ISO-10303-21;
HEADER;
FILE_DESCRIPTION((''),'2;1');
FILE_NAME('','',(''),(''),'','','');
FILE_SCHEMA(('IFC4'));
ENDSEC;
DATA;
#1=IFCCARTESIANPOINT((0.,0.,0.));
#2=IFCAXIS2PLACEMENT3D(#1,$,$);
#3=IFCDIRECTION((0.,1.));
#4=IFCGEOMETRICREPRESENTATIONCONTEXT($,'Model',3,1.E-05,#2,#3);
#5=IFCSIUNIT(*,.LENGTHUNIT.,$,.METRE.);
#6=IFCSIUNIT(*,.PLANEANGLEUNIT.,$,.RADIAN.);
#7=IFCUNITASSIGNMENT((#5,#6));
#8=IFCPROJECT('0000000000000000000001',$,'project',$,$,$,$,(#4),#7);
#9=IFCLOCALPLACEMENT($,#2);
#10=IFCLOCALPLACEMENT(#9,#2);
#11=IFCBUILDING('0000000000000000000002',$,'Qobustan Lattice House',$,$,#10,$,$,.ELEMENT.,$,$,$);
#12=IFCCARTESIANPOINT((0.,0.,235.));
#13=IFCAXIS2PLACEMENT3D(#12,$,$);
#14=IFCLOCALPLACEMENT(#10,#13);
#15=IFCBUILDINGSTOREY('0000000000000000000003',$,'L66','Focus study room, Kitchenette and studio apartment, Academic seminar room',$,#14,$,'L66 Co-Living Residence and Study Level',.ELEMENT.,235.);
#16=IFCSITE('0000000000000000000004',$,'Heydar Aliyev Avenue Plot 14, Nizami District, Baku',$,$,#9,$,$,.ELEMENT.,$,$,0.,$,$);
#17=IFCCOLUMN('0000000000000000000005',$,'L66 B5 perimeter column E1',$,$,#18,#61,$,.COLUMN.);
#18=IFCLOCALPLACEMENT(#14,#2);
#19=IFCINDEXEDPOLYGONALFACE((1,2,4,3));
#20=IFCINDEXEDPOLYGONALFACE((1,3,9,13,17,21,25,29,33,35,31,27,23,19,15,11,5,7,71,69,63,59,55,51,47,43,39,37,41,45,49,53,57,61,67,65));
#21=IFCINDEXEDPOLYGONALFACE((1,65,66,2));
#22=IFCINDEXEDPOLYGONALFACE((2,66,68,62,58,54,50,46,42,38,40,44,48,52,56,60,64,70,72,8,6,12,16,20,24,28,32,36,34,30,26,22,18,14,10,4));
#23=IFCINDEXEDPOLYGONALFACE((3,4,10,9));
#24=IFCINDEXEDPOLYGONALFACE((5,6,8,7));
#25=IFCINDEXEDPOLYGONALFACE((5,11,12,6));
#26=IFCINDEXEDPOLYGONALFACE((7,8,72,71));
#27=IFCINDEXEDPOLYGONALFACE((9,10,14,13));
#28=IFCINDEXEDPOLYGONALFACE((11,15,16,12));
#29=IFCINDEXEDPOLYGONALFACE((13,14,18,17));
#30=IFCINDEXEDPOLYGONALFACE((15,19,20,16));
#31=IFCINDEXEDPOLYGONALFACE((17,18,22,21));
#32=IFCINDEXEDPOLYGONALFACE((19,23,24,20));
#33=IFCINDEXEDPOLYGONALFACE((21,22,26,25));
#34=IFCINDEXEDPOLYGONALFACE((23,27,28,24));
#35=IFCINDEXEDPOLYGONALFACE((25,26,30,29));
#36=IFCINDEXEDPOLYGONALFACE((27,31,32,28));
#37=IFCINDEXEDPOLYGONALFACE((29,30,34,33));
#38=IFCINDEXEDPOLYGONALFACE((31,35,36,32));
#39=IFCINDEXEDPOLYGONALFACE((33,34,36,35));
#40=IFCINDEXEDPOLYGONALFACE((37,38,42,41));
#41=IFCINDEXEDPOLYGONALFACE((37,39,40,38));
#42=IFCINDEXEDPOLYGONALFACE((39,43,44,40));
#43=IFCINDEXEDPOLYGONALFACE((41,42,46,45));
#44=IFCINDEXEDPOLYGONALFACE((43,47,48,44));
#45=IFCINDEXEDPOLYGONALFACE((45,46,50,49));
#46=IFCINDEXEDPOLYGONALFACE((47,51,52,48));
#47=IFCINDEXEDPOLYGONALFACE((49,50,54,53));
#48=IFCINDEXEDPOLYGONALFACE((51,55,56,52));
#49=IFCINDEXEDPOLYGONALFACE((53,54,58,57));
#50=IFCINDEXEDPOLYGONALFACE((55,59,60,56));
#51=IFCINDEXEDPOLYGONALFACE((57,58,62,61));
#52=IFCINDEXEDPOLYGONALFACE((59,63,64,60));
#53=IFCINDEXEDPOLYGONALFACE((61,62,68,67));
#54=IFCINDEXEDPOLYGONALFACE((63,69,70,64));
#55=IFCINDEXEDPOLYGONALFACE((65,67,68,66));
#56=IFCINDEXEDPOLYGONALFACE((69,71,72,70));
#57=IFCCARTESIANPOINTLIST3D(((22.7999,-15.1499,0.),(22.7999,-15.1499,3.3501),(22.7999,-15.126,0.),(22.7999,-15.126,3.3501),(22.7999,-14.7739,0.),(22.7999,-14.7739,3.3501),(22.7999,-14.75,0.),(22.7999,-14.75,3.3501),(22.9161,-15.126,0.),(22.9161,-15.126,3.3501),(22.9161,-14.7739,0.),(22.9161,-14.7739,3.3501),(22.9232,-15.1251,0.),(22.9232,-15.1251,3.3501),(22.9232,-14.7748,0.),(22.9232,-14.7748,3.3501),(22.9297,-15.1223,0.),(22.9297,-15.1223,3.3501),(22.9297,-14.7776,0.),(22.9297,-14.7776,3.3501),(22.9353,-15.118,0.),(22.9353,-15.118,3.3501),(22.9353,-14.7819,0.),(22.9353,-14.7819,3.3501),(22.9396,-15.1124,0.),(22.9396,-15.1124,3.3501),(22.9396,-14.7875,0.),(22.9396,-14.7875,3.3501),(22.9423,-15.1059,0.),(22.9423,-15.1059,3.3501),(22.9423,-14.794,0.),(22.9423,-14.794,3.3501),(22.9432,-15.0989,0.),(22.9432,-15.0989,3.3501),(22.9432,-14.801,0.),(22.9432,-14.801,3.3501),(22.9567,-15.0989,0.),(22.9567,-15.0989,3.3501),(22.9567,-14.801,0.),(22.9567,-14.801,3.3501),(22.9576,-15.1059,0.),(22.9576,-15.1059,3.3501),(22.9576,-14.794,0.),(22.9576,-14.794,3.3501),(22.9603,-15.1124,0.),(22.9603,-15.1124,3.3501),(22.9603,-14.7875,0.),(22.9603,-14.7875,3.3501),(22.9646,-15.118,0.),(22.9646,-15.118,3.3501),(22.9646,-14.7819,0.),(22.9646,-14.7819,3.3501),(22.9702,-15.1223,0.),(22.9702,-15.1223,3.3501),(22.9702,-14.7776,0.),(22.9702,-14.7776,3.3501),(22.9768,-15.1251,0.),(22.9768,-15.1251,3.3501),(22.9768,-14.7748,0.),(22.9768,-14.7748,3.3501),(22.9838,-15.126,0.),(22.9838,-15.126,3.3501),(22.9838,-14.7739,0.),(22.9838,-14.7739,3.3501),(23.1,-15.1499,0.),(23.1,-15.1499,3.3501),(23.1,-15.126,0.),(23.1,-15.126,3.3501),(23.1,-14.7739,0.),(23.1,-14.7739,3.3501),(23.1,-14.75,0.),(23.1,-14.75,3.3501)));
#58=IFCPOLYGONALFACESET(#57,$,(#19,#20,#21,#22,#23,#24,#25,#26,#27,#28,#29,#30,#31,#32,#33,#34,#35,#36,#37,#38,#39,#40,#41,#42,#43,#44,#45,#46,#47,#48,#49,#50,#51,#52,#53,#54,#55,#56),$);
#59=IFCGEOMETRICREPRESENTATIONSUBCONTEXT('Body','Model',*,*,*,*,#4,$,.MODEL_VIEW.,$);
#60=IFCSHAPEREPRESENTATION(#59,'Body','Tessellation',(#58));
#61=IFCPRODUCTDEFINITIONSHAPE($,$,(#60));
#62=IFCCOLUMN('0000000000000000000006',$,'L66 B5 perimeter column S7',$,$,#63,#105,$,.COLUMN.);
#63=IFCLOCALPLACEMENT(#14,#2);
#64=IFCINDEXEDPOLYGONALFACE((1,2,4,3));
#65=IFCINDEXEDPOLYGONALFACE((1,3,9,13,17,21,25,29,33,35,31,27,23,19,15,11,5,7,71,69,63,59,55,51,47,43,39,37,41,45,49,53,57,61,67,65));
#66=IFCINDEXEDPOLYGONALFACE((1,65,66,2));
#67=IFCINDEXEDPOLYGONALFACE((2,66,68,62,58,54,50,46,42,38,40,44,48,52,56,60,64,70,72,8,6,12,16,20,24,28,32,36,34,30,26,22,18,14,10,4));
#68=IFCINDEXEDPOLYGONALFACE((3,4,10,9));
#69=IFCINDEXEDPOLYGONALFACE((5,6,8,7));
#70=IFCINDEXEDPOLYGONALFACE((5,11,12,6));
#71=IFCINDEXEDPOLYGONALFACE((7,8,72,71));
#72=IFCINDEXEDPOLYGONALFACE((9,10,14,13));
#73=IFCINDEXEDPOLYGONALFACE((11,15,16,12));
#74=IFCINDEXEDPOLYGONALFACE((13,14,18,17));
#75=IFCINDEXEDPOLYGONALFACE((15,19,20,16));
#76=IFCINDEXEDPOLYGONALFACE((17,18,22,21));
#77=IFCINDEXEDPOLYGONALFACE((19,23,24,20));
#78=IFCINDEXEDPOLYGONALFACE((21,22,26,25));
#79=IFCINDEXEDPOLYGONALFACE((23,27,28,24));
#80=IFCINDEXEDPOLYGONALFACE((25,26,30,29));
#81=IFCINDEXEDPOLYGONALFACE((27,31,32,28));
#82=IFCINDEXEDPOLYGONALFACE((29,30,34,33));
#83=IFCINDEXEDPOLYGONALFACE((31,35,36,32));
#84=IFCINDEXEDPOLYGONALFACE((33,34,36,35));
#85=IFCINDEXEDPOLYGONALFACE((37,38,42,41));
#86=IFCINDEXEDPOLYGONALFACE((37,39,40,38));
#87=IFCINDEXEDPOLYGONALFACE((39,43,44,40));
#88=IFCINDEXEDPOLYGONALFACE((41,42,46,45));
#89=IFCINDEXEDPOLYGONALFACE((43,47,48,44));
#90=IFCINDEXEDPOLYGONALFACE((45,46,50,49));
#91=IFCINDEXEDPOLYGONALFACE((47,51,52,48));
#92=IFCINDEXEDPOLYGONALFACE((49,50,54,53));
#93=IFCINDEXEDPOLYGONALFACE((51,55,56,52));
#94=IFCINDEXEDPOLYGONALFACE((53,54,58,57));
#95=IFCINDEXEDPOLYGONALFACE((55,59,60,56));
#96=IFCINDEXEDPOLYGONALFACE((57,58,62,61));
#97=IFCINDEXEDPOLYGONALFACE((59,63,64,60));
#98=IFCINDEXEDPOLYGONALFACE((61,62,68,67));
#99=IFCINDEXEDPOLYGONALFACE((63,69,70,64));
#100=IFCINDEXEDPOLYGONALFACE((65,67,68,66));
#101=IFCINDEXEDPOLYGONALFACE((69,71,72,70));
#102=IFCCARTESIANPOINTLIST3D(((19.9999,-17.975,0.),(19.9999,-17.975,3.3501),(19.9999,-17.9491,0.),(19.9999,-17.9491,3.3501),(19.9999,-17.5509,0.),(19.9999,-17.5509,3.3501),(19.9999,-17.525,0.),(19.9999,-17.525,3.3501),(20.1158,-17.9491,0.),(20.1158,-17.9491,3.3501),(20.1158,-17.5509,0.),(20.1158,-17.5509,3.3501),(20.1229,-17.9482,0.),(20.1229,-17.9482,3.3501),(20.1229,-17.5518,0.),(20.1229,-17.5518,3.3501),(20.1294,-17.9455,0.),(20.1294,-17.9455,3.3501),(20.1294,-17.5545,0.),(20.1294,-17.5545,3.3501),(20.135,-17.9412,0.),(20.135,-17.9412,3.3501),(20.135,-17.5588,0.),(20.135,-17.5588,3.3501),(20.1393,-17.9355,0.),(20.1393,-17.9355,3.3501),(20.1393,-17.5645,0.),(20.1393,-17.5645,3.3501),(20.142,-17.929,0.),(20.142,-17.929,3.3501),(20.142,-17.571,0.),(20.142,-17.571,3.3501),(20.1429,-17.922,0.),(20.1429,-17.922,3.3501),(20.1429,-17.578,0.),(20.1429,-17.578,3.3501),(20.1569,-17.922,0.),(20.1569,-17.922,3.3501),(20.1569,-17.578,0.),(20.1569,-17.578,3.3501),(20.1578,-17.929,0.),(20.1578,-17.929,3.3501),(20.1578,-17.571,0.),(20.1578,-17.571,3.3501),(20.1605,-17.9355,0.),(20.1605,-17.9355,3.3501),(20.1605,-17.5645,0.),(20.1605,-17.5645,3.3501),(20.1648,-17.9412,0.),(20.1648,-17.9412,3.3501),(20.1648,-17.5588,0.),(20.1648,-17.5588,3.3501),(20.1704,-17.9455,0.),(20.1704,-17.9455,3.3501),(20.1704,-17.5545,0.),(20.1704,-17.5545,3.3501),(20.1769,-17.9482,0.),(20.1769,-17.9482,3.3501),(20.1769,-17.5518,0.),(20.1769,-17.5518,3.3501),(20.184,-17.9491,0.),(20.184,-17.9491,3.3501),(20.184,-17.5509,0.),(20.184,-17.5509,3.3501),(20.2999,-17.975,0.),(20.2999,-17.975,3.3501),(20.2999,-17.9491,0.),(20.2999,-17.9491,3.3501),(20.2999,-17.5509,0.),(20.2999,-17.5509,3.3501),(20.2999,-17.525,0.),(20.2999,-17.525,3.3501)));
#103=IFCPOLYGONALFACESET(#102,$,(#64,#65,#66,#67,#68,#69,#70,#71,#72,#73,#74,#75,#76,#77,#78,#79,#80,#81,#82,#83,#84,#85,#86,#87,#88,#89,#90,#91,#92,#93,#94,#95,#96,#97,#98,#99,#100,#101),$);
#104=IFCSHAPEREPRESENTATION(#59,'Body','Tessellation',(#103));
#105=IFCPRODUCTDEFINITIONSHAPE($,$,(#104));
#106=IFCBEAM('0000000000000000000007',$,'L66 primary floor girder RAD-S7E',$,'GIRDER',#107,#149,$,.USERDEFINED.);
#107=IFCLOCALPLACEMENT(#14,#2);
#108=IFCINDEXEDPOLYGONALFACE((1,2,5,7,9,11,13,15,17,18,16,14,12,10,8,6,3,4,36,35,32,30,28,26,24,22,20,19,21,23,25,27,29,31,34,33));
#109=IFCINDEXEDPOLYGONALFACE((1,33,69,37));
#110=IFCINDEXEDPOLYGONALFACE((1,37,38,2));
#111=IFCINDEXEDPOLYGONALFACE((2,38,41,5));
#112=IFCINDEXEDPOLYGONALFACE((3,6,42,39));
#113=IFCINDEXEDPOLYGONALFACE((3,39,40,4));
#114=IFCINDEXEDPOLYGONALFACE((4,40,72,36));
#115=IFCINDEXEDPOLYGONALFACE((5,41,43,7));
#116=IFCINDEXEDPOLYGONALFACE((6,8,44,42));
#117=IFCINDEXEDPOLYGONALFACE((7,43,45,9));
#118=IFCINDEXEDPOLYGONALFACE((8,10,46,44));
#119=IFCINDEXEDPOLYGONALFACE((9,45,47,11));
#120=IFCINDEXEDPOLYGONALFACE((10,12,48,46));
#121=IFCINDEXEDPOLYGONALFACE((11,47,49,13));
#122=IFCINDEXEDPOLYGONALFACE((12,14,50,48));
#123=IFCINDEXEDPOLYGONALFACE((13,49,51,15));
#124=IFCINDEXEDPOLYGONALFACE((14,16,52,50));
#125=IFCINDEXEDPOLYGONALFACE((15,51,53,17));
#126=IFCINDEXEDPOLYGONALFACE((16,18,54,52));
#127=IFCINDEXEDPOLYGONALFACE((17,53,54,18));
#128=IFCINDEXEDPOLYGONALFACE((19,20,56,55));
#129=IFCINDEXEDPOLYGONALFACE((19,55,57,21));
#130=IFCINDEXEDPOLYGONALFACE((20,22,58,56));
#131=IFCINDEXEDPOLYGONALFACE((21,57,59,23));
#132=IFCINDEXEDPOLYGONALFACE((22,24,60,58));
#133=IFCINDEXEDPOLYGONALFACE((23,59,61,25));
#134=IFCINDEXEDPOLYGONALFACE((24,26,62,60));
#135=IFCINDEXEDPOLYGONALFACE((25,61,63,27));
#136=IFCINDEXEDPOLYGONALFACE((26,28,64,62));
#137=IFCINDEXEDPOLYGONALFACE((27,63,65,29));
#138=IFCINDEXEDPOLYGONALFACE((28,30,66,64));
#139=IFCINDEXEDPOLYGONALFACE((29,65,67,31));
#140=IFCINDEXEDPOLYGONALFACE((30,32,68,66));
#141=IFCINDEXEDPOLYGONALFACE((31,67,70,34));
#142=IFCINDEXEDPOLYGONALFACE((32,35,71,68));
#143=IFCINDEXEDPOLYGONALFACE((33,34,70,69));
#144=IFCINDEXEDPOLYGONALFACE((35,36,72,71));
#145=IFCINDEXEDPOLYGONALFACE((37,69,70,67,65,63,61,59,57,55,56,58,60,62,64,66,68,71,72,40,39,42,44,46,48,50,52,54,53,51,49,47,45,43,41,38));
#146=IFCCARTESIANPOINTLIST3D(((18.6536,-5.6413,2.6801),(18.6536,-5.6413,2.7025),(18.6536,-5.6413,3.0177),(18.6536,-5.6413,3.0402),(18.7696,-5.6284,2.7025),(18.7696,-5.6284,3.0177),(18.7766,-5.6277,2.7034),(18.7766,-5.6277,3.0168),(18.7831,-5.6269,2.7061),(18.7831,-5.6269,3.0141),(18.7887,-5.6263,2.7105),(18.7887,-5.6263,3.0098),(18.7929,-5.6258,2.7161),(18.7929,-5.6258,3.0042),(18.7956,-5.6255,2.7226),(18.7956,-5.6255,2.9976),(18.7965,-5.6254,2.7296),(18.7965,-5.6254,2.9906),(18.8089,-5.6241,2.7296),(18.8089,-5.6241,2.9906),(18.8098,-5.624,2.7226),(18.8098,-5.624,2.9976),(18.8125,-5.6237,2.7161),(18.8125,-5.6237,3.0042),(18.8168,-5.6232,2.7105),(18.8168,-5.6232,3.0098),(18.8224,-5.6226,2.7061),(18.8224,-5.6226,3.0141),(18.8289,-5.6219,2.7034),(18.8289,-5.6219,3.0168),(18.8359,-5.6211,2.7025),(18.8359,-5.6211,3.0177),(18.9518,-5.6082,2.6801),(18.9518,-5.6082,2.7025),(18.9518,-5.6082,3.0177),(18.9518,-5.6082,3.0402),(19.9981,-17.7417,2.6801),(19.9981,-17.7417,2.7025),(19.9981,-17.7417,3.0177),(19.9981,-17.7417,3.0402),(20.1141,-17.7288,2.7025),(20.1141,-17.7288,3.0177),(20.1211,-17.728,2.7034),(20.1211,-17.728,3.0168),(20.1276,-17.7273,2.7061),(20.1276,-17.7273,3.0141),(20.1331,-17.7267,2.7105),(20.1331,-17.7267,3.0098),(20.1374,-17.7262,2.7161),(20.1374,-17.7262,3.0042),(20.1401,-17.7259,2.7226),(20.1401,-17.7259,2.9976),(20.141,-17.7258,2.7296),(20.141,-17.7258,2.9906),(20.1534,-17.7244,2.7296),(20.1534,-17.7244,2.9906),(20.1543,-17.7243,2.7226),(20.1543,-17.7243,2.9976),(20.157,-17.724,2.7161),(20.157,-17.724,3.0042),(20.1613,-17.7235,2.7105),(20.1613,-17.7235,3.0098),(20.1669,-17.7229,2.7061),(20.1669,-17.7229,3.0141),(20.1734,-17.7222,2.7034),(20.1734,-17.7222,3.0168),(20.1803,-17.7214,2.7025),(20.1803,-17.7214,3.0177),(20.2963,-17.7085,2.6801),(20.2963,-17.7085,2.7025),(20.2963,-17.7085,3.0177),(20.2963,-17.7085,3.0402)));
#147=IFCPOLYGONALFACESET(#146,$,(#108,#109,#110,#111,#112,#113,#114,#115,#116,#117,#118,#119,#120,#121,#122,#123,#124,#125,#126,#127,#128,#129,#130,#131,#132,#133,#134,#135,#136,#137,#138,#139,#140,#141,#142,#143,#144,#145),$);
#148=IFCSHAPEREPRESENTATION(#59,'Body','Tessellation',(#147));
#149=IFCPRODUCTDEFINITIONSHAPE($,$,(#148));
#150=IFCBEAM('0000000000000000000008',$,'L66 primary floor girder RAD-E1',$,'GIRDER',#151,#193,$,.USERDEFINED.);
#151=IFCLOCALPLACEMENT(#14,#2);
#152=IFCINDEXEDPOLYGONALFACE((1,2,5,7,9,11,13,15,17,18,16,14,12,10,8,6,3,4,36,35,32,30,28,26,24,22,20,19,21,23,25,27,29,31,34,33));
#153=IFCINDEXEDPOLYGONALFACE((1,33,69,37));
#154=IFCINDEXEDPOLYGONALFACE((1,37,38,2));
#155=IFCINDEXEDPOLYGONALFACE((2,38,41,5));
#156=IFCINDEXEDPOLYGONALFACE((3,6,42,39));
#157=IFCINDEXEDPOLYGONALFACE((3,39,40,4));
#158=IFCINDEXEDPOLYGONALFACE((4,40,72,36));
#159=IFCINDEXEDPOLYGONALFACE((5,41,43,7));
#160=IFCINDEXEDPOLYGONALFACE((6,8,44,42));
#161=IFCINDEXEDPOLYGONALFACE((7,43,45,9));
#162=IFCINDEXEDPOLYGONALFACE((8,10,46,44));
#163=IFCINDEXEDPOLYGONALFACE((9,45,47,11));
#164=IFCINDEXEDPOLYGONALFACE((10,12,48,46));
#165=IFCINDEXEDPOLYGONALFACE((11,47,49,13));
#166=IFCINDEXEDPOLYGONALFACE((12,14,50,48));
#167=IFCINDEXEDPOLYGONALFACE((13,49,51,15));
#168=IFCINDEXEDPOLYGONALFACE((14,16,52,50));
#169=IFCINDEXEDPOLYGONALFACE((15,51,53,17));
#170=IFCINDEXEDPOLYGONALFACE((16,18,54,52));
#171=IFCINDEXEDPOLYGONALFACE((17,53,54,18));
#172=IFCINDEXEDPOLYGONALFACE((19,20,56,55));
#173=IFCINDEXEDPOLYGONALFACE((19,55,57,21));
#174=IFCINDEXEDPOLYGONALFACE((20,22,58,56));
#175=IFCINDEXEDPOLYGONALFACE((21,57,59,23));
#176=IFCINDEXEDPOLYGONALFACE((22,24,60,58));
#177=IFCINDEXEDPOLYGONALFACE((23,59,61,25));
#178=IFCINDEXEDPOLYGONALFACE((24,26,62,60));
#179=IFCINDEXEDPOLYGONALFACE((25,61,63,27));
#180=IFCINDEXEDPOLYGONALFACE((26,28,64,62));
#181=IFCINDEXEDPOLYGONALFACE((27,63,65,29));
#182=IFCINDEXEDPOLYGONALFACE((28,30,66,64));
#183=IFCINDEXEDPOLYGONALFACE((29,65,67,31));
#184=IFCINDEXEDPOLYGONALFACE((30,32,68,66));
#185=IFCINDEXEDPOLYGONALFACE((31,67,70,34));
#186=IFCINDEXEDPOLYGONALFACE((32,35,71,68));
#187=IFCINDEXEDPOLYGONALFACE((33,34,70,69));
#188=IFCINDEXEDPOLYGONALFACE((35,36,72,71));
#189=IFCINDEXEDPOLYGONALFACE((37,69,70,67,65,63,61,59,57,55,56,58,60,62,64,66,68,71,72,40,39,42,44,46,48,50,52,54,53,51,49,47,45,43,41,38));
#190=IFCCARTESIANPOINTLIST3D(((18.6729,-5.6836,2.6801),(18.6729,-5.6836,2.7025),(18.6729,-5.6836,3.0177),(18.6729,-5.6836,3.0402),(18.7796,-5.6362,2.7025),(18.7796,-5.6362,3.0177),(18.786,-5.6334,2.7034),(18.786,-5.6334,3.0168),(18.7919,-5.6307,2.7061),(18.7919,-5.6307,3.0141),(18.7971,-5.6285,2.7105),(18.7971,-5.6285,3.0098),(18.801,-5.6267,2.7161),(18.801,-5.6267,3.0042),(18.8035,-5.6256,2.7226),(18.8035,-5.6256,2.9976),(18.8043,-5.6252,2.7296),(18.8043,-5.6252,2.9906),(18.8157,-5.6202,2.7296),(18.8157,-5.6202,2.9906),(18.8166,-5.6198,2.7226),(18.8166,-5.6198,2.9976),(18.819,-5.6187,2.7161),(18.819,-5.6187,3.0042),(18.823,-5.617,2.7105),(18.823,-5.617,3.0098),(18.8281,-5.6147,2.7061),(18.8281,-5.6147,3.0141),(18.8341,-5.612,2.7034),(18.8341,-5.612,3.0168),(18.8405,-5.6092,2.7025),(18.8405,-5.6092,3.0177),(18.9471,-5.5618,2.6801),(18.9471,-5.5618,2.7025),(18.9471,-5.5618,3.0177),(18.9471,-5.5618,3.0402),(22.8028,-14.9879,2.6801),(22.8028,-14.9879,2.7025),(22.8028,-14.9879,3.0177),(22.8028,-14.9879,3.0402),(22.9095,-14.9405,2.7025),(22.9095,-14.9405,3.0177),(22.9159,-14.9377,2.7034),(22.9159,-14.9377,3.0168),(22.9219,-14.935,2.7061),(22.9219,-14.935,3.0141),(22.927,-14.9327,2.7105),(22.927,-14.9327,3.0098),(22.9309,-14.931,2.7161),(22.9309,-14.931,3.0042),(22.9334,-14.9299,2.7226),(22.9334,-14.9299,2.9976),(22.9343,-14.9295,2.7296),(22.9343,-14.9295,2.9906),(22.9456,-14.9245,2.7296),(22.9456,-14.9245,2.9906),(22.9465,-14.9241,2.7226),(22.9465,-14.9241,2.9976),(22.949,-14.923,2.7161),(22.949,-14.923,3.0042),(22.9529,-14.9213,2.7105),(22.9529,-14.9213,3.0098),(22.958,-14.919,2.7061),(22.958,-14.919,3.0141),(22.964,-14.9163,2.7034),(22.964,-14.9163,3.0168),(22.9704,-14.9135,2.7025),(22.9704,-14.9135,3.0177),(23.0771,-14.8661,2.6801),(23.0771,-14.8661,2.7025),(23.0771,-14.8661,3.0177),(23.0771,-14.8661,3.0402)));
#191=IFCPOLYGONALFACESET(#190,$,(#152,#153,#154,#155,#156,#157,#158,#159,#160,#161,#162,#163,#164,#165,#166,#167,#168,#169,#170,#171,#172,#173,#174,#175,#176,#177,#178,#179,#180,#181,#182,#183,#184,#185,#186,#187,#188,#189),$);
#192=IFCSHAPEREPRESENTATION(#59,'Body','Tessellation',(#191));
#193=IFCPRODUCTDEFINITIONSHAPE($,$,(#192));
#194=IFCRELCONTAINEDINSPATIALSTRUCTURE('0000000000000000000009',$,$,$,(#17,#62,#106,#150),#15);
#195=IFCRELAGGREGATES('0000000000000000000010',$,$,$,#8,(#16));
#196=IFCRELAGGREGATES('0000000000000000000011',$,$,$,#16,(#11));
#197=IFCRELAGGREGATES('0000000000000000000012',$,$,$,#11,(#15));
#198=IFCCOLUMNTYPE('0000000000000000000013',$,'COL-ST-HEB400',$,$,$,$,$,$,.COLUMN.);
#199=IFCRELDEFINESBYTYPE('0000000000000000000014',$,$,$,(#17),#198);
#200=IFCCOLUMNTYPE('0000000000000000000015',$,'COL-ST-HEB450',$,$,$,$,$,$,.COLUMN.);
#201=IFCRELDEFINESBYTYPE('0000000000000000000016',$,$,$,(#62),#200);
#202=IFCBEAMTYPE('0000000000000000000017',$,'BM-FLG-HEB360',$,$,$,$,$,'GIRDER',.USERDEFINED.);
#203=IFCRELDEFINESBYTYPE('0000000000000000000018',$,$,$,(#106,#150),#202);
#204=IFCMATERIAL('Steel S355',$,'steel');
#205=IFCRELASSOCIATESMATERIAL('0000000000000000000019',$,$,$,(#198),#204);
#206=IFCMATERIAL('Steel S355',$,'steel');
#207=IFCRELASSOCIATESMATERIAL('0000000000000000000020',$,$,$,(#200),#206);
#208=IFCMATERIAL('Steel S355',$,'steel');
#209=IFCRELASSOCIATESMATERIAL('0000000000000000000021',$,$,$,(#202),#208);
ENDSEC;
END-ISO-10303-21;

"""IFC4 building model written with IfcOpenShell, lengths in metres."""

from ifc_helpers import new_model, si_unit, direction, frame, origin, origin_2d, place, context, subcontext, project, spatial, i_section, extrude, material, material_profile, profile_set, type_object, element, save


model = new_model("IFC4")

# Units and contexts
model_context = context("Model", 3, precision=1e-05, world=origin(), true_north=direction((0.0, 1.0)))
body_context = subcontext(model_context, "Body", "Model", "MODEL_VIEW")
ifc_project = project(units=[si_unit("LENGTHUNIT", "METRE"), si_unit("PLANEANGLEUNIT", "RADIAN")], contexts=[model_context])

# Site, building, storey
site_placement = place(None, origin())
site = spatial("IfcSite", under=ifc_project, at=site_placement, Name="Heydar Aliyev Avenue Plot 14, Nizami District, Baku", CompositionType="ELEMENT", RefElevation=0.0)
building_placement = place(site_placement, origin())
building = spatial("IfcBuilding", under=site, at=building_placement, Name="Qobustan Lattice House", CompositionType="ELEMENT")
storey_placement = place(building_placement, frame((0.0, 0.0, 235.0)))
storey = spatial("IfcBuildingStorey", under=building, at=storey_placement, Name="L66", Description="Focus study room, Kitchenette and studio apartment, Academic seminar room", LongName="L66 Co-Living Residence and Study Level", CompositionType="ELEMENT", Elevation=235.0)

# Columns
ifc_material_1 = material(Name="Steel S355", Category="steel")
ifc_material_profile_1 = material_profile(ifc_material_1, i_section(OverallWidth=0.3, OverallDepth=0.3999, WebThickness=0.0134, FlangeThickness=0.0239, FilletRadius=0.0271, at=origin_2d()), Name="HEB400")
ifc_profile_set_1 = profile_set([ifc_material_profile_1], Name="Steel S355")
column_type_1 = type_object("IfcColumnType", Name="COL-ST-HEB400", PredefinedType="COLUMN", material=ifc_profile_set_1)
column_1_placement = place(storey_placement, frame((22.95, -14.95, 0.0), z_axis=(0.0, 0.0, 1.0), x_axis=(1.0, 0.0, 0.0)))
element("IfcColumn", 1, at=column_1_placement, inside=storey, type_object=column_type_1, Name="L66 B5 perimeter column E1", PredefinedType="COLUMN", context=body_context, shape_type="SweptSolid", body=[
    extrude(i_section(OverallWidth=0.3, OverallDepth=0.3999, WebThickness=0.0134, FlangeThickness=0.0239, FilletRadius=0.0271, at=origin_2d()), origin(), (0.0, 0.0, 1.0), 3.3501),
])
ifc_material_2 = material(Name="Steel S355", Category="steel")
ifc_material_profile_2 = material_profile(ifc_material_2, i_section(OverallWidth=0.3, OverallDepth=0.45, WebThickness=0.0139, FlangeThickness=0.0259, FilletRadius=0.0271, at=origin_2d()), Name="HEB450")
ifc_profile_set_2 = profile_set([ifc_material_profile_2], Name="Steel S355")
column_type_2 = type_object("IfcColumnType", Name="COL-ST-HEB450", PredefinedType="COLUMN", material=ifc_profile_set_2)
column_2_placement = place(storey_placement, frame((20.1499, -17.75, 0.0), z_axis=(0.0, 0.0, 1.0), x_axis=(1.0, 0.0, 0.0)))
element("IfcColumn", 2, at=column_2_placement, inside=storey, type_object=column_type_2, Name="L66 B5 perimeter column S7", PredefinedType="COLUMN", context=body_context, shape_type="SweptSolid", body=[
    extrude(i_section(OverallWidth=0.3, OverallDepth=0.45, WebThickness=0.0139, FlangeThickness=0.0259, FilletRadius=0.0271, at=origin_2d()), origin(), (0.0, 0.0, 1.0), 3.3501),
])

# Beams
ifc_material_3 = material(Name="Steel S355", Category="steel")
ifc_material_profile_3 = material_profile(ifc_material_3, i_section(OverallWidth=0.3, OverallDepth=0.3601, WebThickness=0.0125, FlangeThickness=0.0225, FilletRadius=0.0271, at=origin_2d()), Name="HEB360")
ifc_profile_set_3 = profile_set([ifc_material_profile_3], Name="Steel S355")
beam_type_1 = type_object("IfcBeamType", Name="BM-FLG-HEB360", ElementType="GIRDER", PredefinedType="USERDEFINED", material=ifc_profile_set_3)
beam_1_placement = place(storey_placement, frame((20.1472, -17.7251, 2.8601), z_axis=(-0.110432, 0.993884, 0.0), x_axis=(-0.993884, -0.110432, 0.0)))
element("IfcBeam", 3, at=beam_1_placement, inside=storey, type_object=beam_type_1, Name="L66 primary floor girder RAD-S7E", ObjectType="GIRDER", PredefinedType="USERDEFINED", context=body_context, shape_type="SweptSolid", body=[
    extrude(i_section(OverallWidth=0.3, OverallDepth=0.3601, WebThickness=0.0125, FlangeThickness=0.0225, FilletRadius=0.0271, at=origin_2d()), origin(), (0.0, 0.0, 1.0), 12.1748),
])
beam_2_placement = place(storey_placement, frame((22.9399, -14.927, 2.8601), z_axis=(-0.405702, 0.914005, 0.0), x_axis=(-0.914005, -0.405702, 0.0)))
element("IfcBeam", 4, at=beam_2_placement, inside=storey, type_object=beam_type_1, Name="L66 primary floor girder RAD-E1", ObjectType="GIRDER", PredefinedType="USERDEFINED", context=body_context, shape_type="SweptSolid", body=[
    extrude(i_section(OverallWidth=0.3, OverallDepth=0.3601, WebThickness=0.0125, FlangeThickness=0.0225, FilletRadius=0.0271, at=origin_2d()), origin(), (0.0, 0.0, 1.0), 10.1797),
])

save(model, "model.ifc")
